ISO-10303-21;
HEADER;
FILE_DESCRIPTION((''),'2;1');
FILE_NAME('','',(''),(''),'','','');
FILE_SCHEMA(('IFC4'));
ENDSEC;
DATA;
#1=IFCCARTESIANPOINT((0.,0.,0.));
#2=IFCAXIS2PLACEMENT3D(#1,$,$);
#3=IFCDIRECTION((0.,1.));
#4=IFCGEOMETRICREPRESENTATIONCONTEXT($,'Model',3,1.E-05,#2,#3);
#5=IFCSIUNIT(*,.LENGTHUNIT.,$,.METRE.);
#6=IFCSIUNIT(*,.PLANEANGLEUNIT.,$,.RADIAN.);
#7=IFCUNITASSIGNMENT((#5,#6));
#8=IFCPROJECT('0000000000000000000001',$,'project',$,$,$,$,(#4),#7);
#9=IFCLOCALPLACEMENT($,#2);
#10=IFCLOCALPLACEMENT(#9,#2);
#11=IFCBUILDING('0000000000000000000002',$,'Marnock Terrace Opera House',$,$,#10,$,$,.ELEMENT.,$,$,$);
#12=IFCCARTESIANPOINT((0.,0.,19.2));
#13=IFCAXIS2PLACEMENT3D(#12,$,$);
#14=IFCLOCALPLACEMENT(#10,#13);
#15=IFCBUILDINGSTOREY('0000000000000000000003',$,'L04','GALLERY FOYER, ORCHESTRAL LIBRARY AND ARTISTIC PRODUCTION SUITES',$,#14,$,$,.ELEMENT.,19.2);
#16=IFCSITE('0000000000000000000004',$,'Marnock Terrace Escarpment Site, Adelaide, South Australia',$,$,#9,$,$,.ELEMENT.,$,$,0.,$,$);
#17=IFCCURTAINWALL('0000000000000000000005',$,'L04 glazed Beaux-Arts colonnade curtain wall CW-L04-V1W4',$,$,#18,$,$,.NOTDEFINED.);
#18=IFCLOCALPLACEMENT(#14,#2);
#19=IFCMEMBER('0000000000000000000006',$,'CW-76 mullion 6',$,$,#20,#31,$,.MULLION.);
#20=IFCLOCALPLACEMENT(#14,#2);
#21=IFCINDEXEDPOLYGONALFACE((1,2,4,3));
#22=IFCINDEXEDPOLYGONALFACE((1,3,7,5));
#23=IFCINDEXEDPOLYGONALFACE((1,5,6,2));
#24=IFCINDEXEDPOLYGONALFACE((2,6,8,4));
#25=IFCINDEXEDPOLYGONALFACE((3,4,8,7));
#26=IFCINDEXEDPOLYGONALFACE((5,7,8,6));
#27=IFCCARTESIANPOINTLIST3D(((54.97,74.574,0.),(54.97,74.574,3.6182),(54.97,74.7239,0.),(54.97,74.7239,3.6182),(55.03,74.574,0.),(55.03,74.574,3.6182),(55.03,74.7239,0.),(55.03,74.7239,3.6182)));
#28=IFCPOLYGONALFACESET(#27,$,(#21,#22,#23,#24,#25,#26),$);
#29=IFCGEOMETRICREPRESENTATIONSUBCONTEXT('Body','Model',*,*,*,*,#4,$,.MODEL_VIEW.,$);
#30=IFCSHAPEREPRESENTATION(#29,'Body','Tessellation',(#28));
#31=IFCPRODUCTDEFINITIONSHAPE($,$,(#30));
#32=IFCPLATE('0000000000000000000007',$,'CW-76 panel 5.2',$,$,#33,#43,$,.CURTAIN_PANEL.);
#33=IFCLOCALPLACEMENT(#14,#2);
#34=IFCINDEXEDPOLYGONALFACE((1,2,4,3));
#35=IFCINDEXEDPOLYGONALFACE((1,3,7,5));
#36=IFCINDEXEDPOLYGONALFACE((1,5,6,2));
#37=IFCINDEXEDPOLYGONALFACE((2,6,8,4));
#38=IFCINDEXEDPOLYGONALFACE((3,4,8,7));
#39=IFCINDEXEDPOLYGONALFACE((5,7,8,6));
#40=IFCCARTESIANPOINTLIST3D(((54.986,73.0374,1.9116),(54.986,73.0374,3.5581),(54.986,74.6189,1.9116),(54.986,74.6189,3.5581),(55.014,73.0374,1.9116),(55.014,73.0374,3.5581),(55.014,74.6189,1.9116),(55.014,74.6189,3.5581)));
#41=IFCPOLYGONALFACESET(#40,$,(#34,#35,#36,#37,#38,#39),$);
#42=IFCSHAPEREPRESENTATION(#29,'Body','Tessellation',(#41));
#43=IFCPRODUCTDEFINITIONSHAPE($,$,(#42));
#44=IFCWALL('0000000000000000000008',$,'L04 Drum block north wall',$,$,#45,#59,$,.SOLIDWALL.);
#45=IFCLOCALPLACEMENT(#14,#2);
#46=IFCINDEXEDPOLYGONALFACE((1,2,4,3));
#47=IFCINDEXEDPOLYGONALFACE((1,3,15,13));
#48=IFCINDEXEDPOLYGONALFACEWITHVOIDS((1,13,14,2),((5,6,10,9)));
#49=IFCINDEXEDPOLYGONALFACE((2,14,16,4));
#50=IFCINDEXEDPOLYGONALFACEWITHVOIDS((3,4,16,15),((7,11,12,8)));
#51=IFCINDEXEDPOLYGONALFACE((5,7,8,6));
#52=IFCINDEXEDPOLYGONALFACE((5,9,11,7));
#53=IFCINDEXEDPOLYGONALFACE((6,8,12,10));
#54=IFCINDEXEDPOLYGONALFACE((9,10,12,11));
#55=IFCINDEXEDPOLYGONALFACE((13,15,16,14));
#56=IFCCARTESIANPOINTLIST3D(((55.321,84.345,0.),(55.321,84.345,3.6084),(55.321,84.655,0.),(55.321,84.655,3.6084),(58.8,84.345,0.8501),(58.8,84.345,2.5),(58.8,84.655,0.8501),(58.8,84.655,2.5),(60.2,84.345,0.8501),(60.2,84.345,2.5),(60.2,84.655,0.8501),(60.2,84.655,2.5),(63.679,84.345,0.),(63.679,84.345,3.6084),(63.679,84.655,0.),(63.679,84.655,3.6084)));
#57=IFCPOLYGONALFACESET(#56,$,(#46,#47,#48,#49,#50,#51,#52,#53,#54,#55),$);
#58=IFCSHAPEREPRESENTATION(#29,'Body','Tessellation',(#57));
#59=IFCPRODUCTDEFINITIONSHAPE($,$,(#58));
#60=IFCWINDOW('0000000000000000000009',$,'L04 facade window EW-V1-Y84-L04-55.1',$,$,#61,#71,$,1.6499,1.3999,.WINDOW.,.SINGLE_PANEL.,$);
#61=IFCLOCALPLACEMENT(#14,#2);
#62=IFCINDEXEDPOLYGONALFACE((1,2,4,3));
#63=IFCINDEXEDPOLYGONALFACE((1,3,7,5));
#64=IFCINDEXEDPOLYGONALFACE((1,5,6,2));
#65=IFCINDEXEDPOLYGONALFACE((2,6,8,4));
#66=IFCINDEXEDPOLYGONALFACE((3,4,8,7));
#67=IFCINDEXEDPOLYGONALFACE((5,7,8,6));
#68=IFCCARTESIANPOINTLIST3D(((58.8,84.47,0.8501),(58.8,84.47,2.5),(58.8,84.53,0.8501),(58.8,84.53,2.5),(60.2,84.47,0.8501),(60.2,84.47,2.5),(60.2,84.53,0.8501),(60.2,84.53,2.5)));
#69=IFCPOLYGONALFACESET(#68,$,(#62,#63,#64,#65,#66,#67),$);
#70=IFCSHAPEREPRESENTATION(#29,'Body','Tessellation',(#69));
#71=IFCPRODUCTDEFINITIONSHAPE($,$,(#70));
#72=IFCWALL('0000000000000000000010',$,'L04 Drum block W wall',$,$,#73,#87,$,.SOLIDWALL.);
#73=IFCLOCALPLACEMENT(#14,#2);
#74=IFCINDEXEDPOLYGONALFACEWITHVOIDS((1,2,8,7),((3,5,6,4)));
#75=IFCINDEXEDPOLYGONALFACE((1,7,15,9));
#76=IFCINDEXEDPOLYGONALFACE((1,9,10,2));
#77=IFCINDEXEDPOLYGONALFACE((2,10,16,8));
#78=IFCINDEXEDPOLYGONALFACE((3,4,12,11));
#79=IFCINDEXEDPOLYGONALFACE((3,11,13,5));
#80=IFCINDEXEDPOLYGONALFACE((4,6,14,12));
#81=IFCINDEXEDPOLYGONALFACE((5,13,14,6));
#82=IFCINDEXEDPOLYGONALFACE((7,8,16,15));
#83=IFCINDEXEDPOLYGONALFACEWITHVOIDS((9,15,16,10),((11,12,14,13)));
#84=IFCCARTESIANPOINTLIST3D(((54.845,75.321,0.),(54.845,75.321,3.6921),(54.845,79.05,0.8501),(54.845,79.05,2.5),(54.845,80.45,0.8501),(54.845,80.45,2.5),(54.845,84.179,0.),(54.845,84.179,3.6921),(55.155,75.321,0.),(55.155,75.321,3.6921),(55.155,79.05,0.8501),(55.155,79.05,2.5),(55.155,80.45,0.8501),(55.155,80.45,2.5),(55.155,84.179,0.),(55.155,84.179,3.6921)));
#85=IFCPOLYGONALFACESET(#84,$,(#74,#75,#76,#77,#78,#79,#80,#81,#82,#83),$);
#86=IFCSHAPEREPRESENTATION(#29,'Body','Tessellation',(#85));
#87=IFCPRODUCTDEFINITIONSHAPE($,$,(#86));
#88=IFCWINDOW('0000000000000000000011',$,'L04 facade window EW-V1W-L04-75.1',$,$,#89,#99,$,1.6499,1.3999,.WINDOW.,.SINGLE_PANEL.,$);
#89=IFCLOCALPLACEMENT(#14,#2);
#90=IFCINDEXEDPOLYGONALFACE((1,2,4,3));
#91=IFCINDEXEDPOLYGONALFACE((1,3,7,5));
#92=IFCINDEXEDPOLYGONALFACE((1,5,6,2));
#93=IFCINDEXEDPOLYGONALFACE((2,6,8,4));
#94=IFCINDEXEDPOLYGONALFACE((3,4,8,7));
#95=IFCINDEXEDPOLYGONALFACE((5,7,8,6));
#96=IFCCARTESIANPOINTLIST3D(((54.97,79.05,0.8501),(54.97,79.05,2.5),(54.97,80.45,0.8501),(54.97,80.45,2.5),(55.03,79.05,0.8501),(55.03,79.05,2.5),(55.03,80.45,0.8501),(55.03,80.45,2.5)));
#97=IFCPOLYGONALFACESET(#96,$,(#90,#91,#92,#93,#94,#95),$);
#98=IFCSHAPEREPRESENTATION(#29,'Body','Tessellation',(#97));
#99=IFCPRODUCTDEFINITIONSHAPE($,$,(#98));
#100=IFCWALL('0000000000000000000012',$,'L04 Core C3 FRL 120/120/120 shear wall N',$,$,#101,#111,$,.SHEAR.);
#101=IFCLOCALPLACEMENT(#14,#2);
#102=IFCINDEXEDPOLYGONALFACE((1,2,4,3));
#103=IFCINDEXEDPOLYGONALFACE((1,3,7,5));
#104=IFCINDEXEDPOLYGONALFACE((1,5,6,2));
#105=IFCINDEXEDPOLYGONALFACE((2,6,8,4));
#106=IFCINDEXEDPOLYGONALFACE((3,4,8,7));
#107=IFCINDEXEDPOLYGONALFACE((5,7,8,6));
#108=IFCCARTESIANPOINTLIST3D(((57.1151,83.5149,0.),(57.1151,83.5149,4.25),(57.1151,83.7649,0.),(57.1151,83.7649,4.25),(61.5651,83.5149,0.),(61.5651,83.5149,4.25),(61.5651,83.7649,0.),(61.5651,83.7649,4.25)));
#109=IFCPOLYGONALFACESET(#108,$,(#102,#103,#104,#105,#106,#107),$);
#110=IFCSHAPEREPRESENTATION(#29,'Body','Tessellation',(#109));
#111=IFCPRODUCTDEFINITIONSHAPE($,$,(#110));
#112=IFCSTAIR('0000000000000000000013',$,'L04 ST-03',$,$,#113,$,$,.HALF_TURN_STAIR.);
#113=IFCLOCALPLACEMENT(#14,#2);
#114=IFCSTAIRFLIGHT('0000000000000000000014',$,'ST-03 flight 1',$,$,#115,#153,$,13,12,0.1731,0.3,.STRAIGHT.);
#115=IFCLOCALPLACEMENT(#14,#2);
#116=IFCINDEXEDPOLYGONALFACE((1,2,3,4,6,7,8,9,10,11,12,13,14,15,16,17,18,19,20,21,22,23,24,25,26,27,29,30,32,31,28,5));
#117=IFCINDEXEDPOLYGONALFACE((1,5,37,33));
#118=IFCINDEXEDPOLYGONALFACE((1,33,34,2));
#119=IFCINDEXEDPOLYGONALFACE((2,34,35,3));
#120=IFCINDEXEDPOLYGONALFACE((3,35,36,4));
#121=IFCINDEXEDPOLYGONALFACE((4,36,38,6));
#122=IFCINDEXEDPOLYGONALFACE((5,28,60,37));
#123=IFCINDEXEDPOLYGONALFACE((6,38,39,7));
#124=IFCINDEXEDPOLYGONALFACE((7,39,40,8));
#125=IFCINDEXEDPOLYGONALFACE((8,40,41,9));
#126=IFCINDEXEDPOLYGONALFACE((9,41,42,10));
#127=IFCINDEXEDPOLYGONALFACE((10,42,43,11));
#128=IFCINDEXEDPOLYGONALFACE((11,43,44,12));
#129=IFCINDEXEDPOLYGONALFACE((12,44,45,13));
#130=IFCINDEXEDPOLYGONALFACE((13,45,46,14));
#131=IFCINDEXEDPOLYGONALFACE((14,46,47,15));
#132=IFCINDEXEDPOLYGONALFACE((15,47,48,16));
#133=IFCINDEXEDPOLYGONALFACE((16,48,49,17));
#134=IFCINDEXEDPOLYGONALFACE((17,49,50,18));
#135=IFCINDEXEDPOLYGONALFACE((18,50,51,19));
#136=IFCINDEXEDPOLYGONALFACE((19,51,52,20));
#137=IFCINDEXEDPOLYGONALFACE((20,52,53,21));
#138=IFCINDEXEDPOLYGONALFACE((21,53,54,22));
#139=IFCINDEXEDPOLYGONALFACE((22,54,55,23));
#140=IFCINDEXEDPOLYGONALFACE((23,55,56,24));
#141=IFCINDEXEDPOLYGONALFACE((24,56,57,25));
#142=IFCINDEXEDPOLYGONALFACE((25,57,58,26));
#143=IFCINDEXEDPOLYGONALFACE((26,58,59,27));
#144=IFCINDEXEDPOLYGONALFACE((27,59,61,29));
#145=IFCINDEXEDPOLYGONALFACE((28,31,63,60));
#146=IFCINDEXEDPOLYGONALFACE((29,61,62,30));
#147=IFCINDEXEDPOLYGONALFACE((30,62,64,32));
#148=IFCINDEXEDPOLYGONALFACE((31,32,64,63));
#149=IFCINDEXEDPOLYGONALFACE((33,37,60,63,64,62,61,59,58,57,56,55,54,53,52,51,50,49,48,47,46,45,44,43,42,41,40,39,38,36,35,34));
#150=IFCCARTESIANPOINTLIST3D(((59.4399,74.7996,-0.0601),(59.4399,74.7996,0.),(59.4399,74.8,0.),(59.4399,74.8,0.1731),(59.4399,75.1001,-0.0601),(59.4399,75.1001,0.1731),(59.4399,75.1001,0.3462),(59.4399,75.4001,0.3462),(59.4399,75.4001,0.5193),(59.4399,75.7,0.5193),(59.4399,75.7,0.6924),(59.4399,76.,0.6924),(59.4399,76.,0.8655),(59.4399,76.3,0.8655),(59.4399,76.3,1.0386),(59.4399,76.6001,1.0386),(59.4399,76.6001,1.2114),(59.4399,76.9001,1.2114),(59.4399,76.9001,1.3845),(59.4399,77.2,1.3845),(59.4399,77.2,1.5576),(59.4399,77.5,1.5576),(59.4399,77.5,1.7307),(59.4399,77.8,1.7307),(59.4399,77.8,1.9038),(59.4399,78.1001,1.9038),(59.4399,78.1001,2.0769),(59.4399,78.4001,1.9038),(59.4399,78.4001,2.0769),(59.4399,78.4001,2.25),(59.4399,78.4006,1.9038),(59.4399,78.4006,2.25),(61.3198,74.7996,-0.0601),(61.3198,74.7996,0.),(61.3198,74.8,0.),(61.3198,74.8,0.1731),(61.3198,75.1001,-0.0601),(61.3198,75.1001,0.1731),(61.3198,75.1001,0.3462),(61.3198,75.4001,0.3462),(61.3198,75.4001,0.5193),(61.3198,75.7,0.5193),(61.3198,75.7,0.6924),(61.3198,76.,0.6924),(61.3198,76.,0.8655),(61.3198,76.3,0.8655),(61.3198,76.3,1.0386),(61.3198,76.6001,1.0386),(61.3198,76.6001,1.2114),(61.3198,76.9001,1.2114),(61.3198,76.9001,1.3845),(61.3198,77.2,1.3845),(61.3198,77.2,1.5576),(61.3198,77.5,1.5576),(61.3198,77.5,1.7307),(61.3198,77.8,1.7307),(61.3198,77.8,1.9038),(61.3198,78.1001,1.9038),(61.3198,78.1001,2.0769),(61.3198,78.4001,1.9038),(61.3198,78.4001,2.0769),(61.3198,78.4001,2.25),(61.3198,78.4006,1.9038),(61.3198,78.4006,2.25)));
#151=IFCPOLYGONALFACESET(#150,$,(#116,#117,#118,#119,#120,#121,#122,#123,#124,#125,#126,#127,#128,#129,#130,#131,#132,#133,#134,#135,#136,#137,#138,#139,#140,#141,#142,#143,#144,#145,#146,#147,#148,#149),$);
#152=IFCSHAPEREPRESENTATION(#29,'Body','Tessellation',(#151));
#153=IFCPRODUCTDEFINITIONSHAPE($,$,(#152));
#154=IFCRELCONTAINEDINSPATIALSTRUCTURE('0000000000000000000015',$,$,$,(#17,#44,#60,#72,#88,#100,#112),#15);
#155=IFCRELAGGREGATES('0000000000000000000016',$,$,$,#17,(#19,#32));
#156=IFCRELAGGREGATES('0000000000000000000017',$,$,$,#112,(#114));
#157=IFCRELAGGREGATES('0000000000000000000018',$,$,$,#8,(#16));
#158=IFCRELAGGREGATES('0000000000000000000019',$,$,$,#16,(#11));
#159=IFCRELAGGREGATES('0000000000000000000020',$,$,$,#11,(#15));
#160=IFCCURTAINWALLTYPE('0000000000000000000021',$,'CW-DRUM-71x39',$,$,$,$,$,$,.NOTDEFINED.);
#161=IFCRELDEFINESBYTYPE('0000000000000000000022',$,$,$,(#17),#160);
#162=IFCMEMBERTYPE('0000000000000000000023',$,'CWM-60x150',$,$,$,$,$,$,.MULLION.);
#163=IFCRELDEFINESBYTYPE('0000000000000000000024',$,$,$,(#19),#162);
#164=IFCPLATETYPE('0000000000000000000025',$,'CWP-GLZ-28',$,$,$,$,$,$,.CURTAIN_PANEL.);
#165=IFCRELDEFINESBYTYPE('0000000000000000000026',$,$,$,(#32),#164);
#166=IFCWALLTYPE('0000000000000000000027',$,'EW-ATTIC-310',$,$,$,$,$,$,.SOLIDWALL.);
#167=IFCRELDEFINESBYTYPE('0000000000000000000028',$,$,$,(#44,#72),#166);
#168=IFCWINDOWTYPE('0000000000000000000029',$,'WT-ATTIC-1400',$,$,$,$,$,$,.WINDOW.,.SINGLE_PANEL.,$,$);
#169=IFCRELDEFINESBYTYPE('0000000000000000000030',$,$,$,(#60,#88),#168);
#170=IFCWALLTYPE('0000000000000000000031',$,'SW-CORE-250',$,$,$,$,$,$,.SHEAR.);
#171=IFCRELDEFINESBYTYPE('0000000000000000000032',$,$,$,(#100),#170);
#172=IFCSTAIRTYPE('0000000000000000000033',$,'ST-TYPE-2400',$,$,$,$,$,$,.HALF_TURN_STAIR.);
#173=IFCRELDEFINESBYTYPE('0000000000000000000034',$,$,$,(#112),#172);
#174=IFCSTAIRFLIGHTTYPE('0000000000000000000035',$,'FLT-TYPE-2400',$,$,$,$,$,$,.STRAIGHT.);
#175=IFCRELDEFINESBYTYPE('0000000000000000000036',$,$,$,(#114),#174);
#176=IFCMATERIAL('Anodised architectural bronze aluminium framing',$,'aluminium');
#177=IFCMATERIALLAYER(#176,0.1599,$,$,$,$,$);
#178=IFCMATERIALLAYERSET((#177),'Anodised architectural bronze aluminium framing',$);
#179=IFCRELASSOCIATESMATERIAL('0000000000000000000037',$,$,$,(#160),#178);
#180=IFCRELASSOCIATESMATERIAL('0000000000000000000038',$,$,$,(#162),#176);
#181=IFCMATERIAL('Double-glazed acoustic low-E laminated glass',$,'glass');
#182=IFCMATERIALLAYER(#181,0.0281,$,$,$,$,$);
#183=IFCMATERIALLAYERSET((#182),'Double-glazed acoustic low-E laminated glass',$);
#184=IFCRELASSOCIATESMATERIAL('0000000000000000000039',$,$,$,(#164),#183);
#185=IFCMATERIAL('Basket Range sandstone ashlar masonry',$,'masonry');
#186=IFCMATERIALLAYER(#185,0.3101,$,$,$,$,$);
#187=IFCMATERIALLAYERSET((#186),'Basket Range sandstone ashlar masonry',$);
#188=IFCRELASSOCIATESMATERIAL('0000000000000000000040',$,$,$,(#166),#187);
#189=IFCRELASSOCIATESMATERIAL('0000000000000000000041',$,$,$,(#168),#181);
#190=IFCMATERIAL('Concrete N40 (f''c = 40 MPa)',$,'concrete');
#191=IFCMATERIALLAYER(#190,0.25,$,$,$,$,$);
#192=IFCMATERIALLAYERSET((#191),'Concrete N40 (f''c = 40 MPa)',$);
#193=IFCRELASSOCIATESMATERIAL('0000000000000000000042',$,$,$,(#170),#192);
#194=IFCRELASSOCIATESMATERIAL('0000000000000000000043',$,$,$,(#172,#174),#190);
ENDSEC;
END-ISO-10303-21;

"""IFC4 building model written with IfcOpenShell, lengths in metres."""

from ifc_helpers import new_model, si_unit, direction, frame, frame_2d, origin, origin_2d, place, context, subcontext, project, spatial, polyline, rectangle, outline, extrude, material, layer, layer_set, material_profile, profile_set, type_object, element, fill, aggregate, save


model = new_model("IFC4")

# Units and contexts
model_context = context("Model", 3, precision=1e-05, world=origin(), true_north=direction((0.0, 1.0)))
body_context = subcontext(model_context, "Body", "Model", "MODEL_VIEW")
ifc_project = project(units=[si_unit("LENGTHUNIT", "METRE"), si_unit("PLANEANGLEUNIT", "RADIAN")], contexts=[model_context])

# Site, building, storey
site_placement = place(None, origin())
site = spatial("IfcSite", under=ifc_project, at=site_placement, Name="Marnock Terrace Escarpment Site, Adelaide, South Australia", CompositionType="ELEMENT", RefElevation=0.0)
building_placement = place(site_placement, origin())
building = spatial("IfcBuilding", under=site, at=building_placement, Name="Marnock Terrace Opera House", CompositionType="ELEMENT")
storey_placement = place(building_placement, frame((0.0, 0.0, 19.2)))
storey = spatial("IfcBuildingStorey", under=building, at=storey_placement, Name="L04", Description="GALLERY FOYER, ORCHESTRAL LIBRARY AND ARTISTIC PRODUCTION SUITES", CompositionType="ELEMENT", Elevation=19.2)

# Shared definitions
ifc_material_1 = material(Name="Concrete N40 (f'c = 40 MPa)", Category="concrete")

# Curtain wall, member, plate
ifc_material_2 = material(Name="Anodised architectural bronze aluminium framing", Category="aluminium")
ifc_layer_1 = layer(ifc_material_2, 0.1599)
ifc_layer_set_1 = layer_set([ifc_layer_1], Name="Anodised architectural bronze aluminium framing")
curtain_wall_type = type_object("IfcCurtainWallType", Name="CW-DRUM-71x39", PredefinedType="NOTDEFINED", material=ifc_layer_set_1)
curtain_wall_placement = place(storey_placement, origin())
curtain_wall = element("IfcCurtainWall", 1, at=curtain_wall_placement, inside=storey, type_object=curtain_wall_type, Name="L04 glazed Beaux-Arts colonnade curtain wall CW-L04-V1W4", PredefinedType="NOTDEFINED")
ifc_material_profile_1 = material_profile(ifc_material_2, rectangle(XDim=0.0601, YDim=0.1499, at=origin_2d()))
ifc_profile_set_1 = profile_set([ifc_material_profile_1], Name="Anodised architectural bronze aluminium framing")
member_type = type_object("IfcMemberType", Name="CWM-60x150", PredefinedType="MULLION", material=ifc_profile_set_1)
member_placement = place(storey_placement, frame((55.0, 74.6489, 0.0), z_axis=(0.0, 0.0, 1.0), x_axis=(-1.0, 0.0, 0.0)))
member = element("IfcMember", 2, at=member_placement, type_object=member_type, Name="CW-76 mullion 6", PredefinedType="MULLION", context=body_context, shape_type="SweptSolid", body=[
    extrude(rectangle(XDim=0.0601, YDim=0.1499, at=origin_2d()), origin(), (0.0, 0.0, 1.0), 3.6182),
])
ifc_material_3 = material(Name="Double-glazed acoustic low-E laminated glass", Category="glass")
ifc_layer_2 = layer(ifc_material_3, 0.0281)
ifc_layer_set_2 = layer_set([ifc_layer_2], Name="Double-glazed acoustic low-E laminated glass")
plate_type = type_object("IfcPlateType", Name="CWP-GLZ-28", PredefinedType="CURTAIN_PANEL", material=ifc_layer_set_2)
plate_placement = place(storey_placement, frame((55.0, 73.8281, 1.9116), z_axis=(0.0, 0.0, 1.0), x_axis=(0.0, 1.0, 0.0)))
plate = element("IfcPlate", 3, at=plate_placement, type_object=plate_type, Name="CW-76 panel 5.2", PredefinedType="CURTAIN_PANEL", context=body_context, shape_type="SweptSolid", body=[
    extrude(rectangle(XDim=1.5815, YDim=0.0281, at=origin_2d()), origin(), (0.0, 0.0, 1.0), 1.6465),
])
aggregate(curtain_wall, [member, plate])

# Walls, openings, windows
ifc_material_4 = material(Name="Basket Range sandstone ashlar masonry", Category="masonry")
ifc_layer_3 = layer(ifc_material_4, 0.3101)
ifc_layer_set_3 = layer_set([ifc_layer_3], Name="Basket Range sandstone ashlar masonry")
wall_type_1 = type_object("IfcWallType", Name="EW-ATTIC-310", PredefinedType="SOLIDWALL", material=ifc_layer_set_3)
wall_1_placement = place(storey_placement, frame((55.321, 84.5, 0.0), z_axis=(0.0, 0.0, 1.0), x_axis=(1.0, 0.0, 0.0)))
wall_1 = element("IfcWall", 4, at=wall_1_placement, inside=storey, type_object=wall_type_1, Name="L04 Drum block north wall", PredefinedType="SOLIDWALL", context=body_context, shape_type="SweptSolid", body=[
    extrude(rectangle(XDim=8.3579, YDim=0.3101, at=frame_2d((4.179, 0.0))), origin(), (0.0, 0.0, 1.0), 3.6084),
])
opening_1_placement = place(wall_1_placement, frame((3.479, 0.0, 0.8501)))
opening_1 = element("IfcOpeningElement", 5, at=opening_1_placement, cuts=wall_1, PredefinedType="OPENING", context=body_context, shape_type="SweptSolid", body=[
    extrude(rectangle(XDim=1.3999, YDim=1.6499, at=frame_2d((0.7, 0.825))), frame((0.0, 0.165, 0.0), z_axis=(0.0, -1.0, 0.0), x_axis=(1.0, 0.0, 0.0)), (0.0, 0.0, 1.0), 0.3301),
])
window_type = type_object("IfcWindowType", Name="WT-ATTIC-1400", PartitioningType="SINGLE_PANEL", PredefinedType="WINDOW", material=ifc_material_3)
window_1_placement = place(opening_1_placement, origin())
window_1 = element("IfcWindow", 6, at=window_1_placement, inside=storey, type_object=window_type, Name="L04 facade window EW-V1-Y84-L04-55.1", OverallHeight=1.6499, OverallWidth=1.3999, PartitioningType="SINGLE_PANEL", PredefinedType="WINDOW", context=body_context, shape_type="SweptSolid", body=[
    extrude(rectangle(XDim=1.3999, YDim=1.6499, at=frame_2d((0.7, 0.825))), frame((0.0, 0.03, 0.0), z_axis=(0.0, -1.0, 0.0), x_axis=(1.0, 0.0, 0.0)), (0.0, 0.0, 1.0), 0.0601),
])
fill(opening_1, window_1)
wall_2_placement = place(storey_placement, frame((55.0, 75.321, 0.0), z_axis=(0.0, 0.0, 1.0), x_axis=(0.0, 1.0, 0.0)))
wall_2 = element("IfcWall", 7, at=wall_2_placement, inside=storey, type_object=wall_type_1, Name="L04 Drum block W wall", PredefinedType="SOLIDWALL", context=body_context, shape_type="SweptSolid", body=[
    extrude(rectangle(XDim=8.8579, YDim=0.3101, at=frame_2d((4.429, 0.0))), origin(), (0.0, 0.0, 1.0), 3.6921),
])
opening_2_placement = place(wall_2_placement, frame((3.729, 0.0, 0.8501)))
opening_2 = element("IfcOpeningElement", 8, at=opening_2_placement, cuts=wall_2, PredefinedType="OPENING", context=body_context, shape_type="SweptSolid", body=[
    extrude(rectangle(XDim=1.3999, YDim=1.6499, at=frame_2d((0.7, 0.825))), frame((0.0, 0.165, 0.0), z_axis=(0.0, -1.0, 0.0), x_axis=(1.0, 0.0, 0.0)), (0.0, 0.0, 1.0), 0.3301),
])
window_2_placement = place(opening_2_placement, origin())
window_2 = element("IfcWindow", 9, at=window_2_placement, inside=storey, type_object=window_type, Name="L04 facade window EW-V1W-L04-75.1", OverallHeight=1.6499, OverallWidth=1.3999, PartitioningType="SINGLE_PANEL", PredefinedType="WINDOW", context=body_context, shape_type="SweptSolid", body=[
    extrude(rectangle(XDim=1.3999, YDim=1.6499, at=frame_2d((0.7, 0.825))), frame((0.0, 0.03, 0.0), z_axis=(0.0, -1.0, 0.0), x_axis=(1.0, 0.0, 0.0)), (0.0, 0.0, 1.0), 0.0601),
])
fill(opening_2, window_2)

# Wall
ifc_layer_4 = layer(ifc_material_1, 0.25)
ifc_layer_set_4 = layer_set([ifc_layer_4], Name="Concrete N40 (f'c = 40 MPa)")
wall_type_2 = type_object("IfcWallType", Name="SW-CORE-250", PredefinedType="SHEAR", material=ifc_layer_set_4)
wall_3_placement = place(storey_placement, frame((57.115, 83.6399, 0.0), z_axis=(0.0, 0.0, 1.0), x_axis=(1.0, 0.0, 0.0)))
element("IfcWall", 10, at=wall_3_placement, inside=storey, type_object=wall_type_2, Name="L04 Core C3 FRL 120/120/120 shear wall N", PredefinedType="SHEAR", context=body_context, shape_type="SweptSolid", body=[
    extrude(rectangle(XDim=4.45, YDim=0.25, at=frame_2d((2.2251, 0.0))), origin(), (0.0, 0.0, 1.0), 4.25),
])

# Stair, stair flight
stair_type = type_object("IfcStairType", Name="ST-TYPE-2400", PredefinedType="HALF_TURN_STAIR", material=ifc_material_1)
stair_placement = place(storey_placement, origin())
stair = element("IfcStair", 11, at=stair_placement, inside=storey, type_object=stair_type, Name="L04 ST-03", PredefinedType="HALF_TURN_STAIR")
stair_flight_type = type_object("IfcStairFlightType", Name="FLT-TYPE-2400", PredefinedType="STRAIGHT", material=ifc_material_1)
stair_flight_1_placement = place(storey_placement, frame((60.3799, 74.8, 0.0), z_axis=(0.0, 0.0, 1.0), x_axis=(0.0, 1.0, 0.0)))
stair_flight_1 = element("IfcStairFlight", 12, at=stair_flight_1_placement, type_object=stair_flight_type, Name="ST-03 flight 1", NumberOfRisers=13, NumberOfTreads=12, PredefinedType="STRAIGHT", RiserHeight=0.1731, TreadLength=0.3, context=body_context, shape_type="SweptSolid", body=[
    extrude(outline(polyline([(-0.0005, -0.0601), (-0.0005, 0.0), (0.0, 0.0), (0.0, 0.1731), (0.3, 0.1731), (0.3, 0.3462), (0.6001, 0.3462), (0.6001, 0.5193), (0.8999, 0.5193), (0.8999, 0.6924), (1.2, 0.6924), (1.2, 0.8655), (1.5, 0.8655), (1.5, 1.0386), (1.8, 1.0386), (1.8, 1.2114), (2.1001, 1.2114), (2.1001, 1.3845), (2.3999, 1.3845), (2.3999, 1.5576), (2.7, 1.5576), (2.7, 1.7307), (3.0, 1.7307), (3.0, 1.9038), (3.3, 1.9038), (3.3, 2.0769), (3.6001, 2.0769), (3.6001, 2.25), (3.6006, 2.25), (3.6006, 1.9038), (3.6001, 1.9038), (0.3, -0.0601), (-0.0005, -0.0601)])), frame((0.0, 0.9399, 0.0), z_axis=(0.0, -1.0, 0.0), x_axis=(1.0, 0.0, 0.0)), (0.0, 0.0, 1.0), 1.8799),
])
aggregate(stair, [stair_flight_1])

save(model, "model.ifc")
